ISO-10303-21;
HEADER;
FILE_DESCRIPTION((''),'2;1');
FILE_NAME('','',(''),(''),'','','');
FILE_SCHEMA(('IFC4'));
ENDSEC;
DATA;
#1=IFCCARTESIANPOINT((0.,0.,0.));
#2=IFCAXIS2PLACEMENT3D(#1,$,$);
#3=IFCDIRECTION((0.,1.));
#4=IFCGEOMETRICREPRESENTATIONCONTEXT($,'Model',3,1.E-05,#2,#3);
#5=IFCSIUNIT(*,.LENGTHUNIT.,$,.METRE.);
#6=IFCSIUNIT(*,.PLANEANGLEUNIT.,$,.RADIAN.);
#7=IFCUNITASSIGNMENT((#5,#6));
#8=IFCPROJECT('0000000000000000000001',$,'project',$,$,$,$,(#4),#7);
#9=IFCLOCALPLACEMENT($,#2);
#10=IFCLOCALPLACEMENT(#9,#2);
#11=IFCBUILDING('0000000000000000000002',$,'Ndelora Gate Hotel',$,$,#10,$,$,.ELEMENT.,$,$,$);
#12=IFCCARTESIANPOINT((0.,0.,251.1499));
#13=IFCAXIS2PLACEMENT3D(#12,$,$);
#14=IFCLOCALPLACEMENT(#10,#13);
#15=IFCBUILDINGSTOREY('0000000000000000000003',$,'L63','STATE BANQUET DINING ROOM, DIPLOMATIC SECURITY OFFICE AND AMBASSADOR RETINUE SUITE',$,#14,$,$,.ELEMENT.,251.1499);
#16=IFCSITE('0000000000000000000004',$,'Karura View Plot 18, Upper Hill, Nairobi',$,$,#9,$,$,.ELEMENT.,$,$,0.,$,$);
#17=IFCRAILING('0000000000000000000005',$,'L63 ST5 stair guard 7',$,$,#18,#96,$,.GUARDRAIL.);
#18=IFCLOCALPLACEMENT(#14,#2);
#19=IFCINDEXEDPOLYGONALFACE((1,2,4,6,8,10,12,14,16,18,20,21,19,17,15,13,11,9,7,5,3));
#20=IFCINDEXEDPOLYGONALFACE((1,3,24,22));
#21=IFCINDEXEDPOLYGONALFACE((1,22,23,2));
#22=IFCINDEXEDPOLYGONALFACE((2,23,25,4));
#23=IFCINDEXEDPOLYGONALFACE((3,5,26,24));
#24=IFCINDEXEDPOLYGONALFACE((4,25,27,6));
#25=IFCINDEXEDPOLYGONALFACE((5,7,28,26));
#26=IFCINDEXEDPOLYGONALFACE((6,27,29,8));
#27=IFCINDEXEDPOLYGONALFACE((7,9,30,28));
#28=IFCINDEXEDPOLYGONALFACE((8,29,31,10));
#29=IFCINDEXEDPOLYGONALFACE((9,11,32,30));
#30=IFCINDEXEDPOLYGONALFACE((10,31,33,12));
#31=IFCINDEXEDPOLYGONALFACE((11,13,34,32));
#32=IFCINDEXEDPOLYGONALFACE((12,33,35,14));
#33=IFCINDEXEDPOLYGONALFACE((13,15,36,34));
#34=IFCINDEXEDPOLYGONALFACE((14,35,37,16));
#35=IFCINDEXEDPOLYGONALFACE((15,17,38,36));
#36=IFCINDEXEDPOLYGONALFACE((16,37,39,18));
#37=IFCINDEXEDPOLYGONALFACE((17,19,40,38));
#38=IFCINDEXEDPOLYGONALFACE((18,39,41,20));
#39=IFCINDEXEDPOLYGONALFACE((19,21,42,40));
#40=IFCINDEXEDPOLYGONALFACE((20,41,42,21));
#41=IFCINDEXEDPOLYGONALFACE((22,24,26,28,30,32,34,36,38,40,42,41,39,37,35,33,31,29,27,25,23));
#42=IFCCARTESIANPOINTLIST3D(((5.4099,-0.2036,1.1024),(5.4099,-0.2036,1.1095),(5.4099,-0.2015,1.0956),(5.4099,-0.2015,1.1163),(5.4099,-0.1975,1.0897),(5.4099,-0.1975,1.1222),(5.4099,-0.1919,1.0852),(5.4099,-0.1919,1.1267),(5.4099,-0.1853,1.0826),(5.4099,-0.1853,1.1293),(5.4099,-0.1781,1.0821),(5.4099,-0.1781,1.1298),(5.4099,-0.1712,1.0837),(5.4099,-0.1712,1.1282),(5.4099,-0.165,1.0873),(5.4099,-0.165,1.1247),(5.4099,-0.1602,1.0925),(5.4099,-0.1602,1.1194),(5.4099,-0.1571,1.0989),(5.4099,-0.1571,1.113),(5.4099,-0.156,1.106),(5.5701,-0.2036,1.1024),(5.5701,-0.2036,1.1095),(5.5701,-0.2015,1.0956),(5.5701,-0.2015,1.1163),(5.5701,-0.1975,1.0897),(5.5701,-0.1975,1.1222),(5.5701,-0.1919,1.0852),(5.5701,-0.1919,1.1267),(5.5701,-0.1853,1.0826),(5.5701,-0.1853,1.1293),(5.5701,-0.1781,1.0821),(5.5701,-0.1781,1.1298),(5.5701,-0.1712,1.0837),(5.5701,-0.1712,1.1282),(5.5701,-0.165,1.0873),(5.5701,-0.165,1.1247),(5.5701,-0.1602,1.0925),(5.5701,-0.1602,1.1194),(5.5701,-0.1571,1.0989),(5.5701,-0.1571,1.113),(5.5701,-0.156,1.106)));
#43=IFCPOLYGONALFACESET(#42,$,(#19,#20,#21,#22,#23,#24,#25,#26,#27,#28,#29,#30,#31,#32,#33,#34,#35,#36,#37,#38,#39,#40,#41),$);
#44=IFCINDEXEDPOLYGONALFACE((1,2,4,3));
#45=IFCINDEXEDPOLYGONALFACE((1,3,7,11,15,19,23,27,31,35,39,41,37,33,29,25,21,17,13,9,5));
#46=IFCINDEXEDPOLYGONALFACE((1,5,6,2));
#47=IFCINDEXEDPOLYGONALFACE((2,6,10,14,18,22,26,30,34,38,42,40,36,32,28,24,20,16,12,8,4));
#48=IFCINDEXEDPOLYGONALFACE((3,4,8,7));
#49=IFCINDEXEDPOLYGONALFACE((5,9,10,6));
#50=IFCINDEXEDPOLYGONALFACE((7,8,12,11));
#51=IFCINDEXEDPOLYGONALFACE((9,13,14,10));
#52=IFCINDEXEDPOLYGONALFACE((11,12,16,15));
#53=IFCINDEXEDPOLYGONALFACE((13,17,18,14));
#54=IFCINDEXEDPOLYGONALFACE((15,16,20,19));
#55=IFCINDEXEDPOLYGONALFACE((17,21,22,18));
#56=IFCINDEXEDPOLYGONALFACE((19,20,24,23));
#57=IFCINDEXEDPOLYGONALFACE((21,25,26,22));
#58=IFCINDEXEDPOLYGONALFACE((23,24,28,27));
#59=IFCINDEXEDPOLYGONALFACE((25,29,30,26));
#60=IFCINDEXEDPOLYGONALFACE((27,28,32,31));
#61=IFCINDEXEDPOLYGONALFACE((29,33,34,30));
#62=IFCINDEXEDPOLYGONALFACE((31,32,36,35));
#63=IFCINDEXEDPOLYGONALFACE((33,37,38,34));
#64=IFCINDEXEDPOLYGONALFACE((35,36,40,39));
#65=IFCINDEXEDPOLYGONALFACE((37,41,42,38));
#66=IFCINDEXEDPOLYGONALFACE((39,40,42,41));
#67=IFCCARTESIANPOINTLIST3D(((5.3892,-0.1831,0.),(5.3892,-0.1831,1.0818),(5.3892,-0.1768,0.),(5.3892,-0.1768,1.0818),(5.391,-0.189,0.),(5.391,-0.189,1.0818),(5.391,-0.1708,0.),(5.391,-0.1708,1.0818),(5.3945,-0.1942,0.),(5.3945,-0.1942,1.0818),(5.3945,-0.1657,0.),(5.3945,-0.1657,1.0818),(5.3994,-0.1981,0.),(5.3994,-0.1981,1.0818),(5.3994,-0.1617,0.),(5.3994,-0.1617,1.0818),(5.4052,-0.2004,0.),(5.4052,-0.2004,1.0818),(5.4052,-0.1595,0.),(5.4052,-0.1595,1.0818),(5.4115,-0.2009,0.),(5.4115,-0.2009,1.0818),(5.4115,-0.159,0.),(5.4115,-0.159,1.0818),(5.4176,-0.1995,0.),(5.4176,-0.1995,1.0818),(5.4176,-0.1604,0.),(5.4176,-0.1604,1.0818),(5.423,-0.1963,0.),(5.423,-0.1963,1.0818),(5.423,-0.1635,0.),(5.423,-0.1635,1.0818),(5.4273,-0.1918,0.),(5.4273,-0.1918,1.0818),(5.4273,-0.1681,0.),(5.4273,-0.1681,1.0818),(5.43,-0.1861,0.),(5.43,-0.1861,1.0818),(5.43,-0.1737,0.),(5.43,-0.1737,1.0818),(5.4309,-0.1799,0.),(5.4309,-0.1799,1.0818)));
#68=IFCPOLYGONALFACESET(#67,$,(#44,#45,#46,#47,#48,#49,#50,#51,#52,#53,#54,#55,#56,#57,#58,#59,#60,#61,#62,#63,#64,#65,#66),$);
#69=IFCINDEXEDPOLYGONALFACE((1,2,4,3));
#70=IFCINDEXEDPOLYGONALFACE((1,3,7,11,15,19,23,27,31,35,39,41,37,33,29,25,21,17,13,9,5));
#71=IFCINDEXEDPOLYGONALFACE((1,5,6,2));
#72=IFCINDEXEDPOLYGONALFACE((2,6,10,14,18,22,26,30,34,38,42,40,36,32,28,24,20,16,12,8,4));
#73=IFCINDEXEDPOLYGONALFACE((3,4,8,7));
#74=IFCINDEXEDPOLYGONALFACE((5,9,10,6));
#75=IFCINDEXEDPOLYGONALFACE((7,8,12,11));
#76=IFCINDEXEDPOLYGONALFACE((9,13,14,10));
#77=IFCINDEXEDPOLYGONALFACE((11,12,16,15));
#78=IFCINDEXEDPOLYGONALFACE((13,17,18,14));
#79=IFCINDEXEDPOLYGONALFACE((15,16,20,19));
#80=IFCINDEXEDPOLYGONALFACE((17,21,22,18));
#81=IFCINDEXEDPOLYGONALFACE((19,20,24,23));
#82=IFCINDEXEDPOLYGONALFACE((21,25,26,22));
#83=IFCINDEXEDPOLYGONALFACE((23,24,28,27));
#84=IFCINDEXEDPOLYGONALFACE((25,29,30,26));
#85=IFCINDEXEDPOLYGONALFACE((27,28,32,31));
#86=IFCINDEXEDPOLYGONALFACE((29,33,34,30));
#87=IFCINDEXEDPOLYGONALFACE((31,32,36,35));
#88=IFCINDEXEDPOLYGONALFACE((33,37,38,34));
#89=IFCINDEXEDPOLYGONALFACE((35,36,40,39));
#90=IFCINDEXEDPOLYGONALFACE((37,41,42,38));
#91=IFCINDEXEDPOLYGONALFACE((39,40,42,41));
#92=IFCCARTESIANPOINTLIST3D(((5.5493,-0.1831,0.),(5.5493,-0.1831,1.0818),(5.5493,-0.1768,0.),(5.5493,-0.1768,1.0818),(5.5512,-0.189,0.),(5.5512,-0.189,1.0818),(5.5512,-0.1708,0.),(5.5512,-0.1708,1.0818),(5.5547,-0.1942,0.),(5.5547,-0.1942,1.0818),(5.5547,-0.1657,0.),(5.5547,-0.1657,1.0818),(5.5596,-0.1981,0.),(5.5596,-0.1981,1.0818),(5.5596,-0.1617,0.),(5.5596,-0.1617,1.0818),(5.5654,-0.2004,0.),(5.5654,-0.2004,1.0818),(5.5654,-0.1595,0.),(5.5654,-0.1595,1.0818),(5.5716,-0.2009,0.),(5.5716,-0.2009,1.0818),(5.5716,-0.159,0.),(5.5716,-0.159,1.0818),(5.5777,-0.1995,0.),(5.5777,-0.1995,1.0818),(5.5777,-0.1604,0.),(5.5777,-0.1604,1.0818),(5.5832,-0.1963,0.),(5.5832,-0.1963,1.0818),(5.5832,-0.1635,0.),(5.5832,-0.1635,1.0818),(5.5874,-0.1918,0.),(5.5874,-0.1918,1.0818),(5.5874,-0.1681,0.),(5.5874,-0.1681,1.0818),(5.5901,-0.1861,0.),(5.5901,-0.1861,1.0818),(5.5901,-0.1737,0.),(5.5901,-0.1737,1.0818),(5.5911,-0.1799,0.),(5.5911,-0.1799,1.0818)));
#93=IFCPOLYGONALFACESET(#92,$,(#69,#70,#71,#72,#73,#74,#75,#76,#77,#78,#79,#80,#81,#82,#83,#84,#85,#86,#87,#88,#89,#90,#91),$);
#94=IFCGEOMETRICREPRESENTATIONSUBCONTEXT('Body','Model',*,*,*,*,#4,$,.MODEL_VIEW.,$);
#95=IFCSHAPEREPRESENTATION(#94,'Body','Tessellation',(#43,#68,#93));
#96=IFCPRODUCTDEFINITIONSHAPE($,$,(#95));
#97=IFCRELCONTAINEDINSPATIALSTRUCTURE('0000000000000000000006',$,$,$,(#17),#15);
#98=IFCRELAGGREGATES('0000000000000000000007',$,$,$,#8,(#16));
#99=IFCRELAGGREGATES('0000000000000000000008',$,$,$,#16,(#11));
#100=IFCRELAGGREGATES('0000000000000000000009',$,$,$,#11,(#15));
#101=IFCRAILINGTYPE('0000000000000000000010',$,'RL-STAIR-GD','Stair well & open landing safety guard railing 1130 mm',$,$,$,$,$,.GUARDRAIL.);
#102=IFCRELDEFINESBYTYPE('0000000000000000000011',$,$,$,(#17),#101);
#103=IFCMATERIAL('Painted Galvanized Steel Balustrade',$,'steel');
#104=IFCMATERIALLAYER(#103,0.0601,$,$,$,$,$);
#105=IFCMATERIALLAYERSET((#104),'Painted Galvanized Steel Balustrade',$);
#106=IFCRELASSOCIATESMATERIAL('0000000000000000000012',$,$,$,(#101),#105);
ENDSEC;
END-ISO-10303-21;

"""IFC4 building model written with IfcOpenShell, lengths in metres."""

from ifc_helpers import new_model, si_unit, direction, frame, origin, origin_2d, place, context, subcontext, project, spatial, circle, extrude, material, layer, layer_set, type_object, element, save


model = new_model("IFC4")

# Units and contexts
model_context = context("Model", 3, precision=1e-05, world=origin(), true_north=direction((0.0, 1.0)))
body_context = subcontext(model_context, "Body", "Model", "MODEL_VIEW")
ifc_project = project(units=[si_unit("LENGTHUNIT", "METRE"), si_unit("PLANEANGLEUNIT", "RADIAN")], contexts=[model_context])

# Site, building, storey
site_placement = place(None, origin())
site = spatial("IfcSite", under=ifc_project, at=site_placement, Name="Karura View Plot 18, Upper Hill, Nairobi", CompositionType="ELEMENT", RefElevation=0.0)
building_placement = place(site_placement, origin())
building = spatial("IfcBuilding", under=site, at=building_placement, Name="Ndelora Gate Hotel", CompositionType="ELEMENT")
storey_placement = place(building_placement, frame((0.0, 0.0, 251.1499)))
storey = spatial("IfcBuildingStorey", under=building, at=storey_placement, Name="L63", Description="STATE BANQUET DINING ROOM, DIPLOMATIC SECURITY OFFICE AND AMBASSADOR RETINUE SUITE", CompositionType="ELEMENT", Elevation=251.1499)

# Railing
ifc_material_1 = material(Name="Painted Galvanized Steel Balustrade", Category="steel")
ifc_layer_1 = layer(ifc_material_1, 0.0601)
ifc_layer_set_1 = layer_set([ifc_layer_1], Name="Painted Galvanized Steel Balustrade")
railing_type_1 = type_object("IfcRailingType", Name="RL-STAIR-GD", Description="Stair well & open landing safety guard railing 1130 mm", PredefinedType="GUARDRAIL", material=ifc_layer_set_1)
railing_1_placement = place(storey_placement, frame((5.4099, -0.1799, 0.0)))
element("IfcRailing", 1, at=railing_1_placement, inside=storey, type_object=railing_type_1, Name="L63 ST5 stair guard 7", PredefinedType="GUARDRAIL", context=body_context, shape_type="SweptSolid", body=[
    extrude(circle(Radius=0.0239, at=origin_2d()), frame((0.0, 0.0, 1.106), z_axis=(1.0, 0.0, 0.0), x_axis=(0.0, 1.0, 0.0)), (0.0, 0.0, 1.0), 0.1602),
    extrude(circle(Radius=0.021, at=origin_2d()), origin(), (0.0, 0.0, 1.0), 1.0818),
    extrude(circle(Radius=0.021, at=origin_2d()), frame((0.1602, 0.0, 0.0)), (0.0, 0.0, 1.0), 1.0818),
])

save(model, "model.ifc")
